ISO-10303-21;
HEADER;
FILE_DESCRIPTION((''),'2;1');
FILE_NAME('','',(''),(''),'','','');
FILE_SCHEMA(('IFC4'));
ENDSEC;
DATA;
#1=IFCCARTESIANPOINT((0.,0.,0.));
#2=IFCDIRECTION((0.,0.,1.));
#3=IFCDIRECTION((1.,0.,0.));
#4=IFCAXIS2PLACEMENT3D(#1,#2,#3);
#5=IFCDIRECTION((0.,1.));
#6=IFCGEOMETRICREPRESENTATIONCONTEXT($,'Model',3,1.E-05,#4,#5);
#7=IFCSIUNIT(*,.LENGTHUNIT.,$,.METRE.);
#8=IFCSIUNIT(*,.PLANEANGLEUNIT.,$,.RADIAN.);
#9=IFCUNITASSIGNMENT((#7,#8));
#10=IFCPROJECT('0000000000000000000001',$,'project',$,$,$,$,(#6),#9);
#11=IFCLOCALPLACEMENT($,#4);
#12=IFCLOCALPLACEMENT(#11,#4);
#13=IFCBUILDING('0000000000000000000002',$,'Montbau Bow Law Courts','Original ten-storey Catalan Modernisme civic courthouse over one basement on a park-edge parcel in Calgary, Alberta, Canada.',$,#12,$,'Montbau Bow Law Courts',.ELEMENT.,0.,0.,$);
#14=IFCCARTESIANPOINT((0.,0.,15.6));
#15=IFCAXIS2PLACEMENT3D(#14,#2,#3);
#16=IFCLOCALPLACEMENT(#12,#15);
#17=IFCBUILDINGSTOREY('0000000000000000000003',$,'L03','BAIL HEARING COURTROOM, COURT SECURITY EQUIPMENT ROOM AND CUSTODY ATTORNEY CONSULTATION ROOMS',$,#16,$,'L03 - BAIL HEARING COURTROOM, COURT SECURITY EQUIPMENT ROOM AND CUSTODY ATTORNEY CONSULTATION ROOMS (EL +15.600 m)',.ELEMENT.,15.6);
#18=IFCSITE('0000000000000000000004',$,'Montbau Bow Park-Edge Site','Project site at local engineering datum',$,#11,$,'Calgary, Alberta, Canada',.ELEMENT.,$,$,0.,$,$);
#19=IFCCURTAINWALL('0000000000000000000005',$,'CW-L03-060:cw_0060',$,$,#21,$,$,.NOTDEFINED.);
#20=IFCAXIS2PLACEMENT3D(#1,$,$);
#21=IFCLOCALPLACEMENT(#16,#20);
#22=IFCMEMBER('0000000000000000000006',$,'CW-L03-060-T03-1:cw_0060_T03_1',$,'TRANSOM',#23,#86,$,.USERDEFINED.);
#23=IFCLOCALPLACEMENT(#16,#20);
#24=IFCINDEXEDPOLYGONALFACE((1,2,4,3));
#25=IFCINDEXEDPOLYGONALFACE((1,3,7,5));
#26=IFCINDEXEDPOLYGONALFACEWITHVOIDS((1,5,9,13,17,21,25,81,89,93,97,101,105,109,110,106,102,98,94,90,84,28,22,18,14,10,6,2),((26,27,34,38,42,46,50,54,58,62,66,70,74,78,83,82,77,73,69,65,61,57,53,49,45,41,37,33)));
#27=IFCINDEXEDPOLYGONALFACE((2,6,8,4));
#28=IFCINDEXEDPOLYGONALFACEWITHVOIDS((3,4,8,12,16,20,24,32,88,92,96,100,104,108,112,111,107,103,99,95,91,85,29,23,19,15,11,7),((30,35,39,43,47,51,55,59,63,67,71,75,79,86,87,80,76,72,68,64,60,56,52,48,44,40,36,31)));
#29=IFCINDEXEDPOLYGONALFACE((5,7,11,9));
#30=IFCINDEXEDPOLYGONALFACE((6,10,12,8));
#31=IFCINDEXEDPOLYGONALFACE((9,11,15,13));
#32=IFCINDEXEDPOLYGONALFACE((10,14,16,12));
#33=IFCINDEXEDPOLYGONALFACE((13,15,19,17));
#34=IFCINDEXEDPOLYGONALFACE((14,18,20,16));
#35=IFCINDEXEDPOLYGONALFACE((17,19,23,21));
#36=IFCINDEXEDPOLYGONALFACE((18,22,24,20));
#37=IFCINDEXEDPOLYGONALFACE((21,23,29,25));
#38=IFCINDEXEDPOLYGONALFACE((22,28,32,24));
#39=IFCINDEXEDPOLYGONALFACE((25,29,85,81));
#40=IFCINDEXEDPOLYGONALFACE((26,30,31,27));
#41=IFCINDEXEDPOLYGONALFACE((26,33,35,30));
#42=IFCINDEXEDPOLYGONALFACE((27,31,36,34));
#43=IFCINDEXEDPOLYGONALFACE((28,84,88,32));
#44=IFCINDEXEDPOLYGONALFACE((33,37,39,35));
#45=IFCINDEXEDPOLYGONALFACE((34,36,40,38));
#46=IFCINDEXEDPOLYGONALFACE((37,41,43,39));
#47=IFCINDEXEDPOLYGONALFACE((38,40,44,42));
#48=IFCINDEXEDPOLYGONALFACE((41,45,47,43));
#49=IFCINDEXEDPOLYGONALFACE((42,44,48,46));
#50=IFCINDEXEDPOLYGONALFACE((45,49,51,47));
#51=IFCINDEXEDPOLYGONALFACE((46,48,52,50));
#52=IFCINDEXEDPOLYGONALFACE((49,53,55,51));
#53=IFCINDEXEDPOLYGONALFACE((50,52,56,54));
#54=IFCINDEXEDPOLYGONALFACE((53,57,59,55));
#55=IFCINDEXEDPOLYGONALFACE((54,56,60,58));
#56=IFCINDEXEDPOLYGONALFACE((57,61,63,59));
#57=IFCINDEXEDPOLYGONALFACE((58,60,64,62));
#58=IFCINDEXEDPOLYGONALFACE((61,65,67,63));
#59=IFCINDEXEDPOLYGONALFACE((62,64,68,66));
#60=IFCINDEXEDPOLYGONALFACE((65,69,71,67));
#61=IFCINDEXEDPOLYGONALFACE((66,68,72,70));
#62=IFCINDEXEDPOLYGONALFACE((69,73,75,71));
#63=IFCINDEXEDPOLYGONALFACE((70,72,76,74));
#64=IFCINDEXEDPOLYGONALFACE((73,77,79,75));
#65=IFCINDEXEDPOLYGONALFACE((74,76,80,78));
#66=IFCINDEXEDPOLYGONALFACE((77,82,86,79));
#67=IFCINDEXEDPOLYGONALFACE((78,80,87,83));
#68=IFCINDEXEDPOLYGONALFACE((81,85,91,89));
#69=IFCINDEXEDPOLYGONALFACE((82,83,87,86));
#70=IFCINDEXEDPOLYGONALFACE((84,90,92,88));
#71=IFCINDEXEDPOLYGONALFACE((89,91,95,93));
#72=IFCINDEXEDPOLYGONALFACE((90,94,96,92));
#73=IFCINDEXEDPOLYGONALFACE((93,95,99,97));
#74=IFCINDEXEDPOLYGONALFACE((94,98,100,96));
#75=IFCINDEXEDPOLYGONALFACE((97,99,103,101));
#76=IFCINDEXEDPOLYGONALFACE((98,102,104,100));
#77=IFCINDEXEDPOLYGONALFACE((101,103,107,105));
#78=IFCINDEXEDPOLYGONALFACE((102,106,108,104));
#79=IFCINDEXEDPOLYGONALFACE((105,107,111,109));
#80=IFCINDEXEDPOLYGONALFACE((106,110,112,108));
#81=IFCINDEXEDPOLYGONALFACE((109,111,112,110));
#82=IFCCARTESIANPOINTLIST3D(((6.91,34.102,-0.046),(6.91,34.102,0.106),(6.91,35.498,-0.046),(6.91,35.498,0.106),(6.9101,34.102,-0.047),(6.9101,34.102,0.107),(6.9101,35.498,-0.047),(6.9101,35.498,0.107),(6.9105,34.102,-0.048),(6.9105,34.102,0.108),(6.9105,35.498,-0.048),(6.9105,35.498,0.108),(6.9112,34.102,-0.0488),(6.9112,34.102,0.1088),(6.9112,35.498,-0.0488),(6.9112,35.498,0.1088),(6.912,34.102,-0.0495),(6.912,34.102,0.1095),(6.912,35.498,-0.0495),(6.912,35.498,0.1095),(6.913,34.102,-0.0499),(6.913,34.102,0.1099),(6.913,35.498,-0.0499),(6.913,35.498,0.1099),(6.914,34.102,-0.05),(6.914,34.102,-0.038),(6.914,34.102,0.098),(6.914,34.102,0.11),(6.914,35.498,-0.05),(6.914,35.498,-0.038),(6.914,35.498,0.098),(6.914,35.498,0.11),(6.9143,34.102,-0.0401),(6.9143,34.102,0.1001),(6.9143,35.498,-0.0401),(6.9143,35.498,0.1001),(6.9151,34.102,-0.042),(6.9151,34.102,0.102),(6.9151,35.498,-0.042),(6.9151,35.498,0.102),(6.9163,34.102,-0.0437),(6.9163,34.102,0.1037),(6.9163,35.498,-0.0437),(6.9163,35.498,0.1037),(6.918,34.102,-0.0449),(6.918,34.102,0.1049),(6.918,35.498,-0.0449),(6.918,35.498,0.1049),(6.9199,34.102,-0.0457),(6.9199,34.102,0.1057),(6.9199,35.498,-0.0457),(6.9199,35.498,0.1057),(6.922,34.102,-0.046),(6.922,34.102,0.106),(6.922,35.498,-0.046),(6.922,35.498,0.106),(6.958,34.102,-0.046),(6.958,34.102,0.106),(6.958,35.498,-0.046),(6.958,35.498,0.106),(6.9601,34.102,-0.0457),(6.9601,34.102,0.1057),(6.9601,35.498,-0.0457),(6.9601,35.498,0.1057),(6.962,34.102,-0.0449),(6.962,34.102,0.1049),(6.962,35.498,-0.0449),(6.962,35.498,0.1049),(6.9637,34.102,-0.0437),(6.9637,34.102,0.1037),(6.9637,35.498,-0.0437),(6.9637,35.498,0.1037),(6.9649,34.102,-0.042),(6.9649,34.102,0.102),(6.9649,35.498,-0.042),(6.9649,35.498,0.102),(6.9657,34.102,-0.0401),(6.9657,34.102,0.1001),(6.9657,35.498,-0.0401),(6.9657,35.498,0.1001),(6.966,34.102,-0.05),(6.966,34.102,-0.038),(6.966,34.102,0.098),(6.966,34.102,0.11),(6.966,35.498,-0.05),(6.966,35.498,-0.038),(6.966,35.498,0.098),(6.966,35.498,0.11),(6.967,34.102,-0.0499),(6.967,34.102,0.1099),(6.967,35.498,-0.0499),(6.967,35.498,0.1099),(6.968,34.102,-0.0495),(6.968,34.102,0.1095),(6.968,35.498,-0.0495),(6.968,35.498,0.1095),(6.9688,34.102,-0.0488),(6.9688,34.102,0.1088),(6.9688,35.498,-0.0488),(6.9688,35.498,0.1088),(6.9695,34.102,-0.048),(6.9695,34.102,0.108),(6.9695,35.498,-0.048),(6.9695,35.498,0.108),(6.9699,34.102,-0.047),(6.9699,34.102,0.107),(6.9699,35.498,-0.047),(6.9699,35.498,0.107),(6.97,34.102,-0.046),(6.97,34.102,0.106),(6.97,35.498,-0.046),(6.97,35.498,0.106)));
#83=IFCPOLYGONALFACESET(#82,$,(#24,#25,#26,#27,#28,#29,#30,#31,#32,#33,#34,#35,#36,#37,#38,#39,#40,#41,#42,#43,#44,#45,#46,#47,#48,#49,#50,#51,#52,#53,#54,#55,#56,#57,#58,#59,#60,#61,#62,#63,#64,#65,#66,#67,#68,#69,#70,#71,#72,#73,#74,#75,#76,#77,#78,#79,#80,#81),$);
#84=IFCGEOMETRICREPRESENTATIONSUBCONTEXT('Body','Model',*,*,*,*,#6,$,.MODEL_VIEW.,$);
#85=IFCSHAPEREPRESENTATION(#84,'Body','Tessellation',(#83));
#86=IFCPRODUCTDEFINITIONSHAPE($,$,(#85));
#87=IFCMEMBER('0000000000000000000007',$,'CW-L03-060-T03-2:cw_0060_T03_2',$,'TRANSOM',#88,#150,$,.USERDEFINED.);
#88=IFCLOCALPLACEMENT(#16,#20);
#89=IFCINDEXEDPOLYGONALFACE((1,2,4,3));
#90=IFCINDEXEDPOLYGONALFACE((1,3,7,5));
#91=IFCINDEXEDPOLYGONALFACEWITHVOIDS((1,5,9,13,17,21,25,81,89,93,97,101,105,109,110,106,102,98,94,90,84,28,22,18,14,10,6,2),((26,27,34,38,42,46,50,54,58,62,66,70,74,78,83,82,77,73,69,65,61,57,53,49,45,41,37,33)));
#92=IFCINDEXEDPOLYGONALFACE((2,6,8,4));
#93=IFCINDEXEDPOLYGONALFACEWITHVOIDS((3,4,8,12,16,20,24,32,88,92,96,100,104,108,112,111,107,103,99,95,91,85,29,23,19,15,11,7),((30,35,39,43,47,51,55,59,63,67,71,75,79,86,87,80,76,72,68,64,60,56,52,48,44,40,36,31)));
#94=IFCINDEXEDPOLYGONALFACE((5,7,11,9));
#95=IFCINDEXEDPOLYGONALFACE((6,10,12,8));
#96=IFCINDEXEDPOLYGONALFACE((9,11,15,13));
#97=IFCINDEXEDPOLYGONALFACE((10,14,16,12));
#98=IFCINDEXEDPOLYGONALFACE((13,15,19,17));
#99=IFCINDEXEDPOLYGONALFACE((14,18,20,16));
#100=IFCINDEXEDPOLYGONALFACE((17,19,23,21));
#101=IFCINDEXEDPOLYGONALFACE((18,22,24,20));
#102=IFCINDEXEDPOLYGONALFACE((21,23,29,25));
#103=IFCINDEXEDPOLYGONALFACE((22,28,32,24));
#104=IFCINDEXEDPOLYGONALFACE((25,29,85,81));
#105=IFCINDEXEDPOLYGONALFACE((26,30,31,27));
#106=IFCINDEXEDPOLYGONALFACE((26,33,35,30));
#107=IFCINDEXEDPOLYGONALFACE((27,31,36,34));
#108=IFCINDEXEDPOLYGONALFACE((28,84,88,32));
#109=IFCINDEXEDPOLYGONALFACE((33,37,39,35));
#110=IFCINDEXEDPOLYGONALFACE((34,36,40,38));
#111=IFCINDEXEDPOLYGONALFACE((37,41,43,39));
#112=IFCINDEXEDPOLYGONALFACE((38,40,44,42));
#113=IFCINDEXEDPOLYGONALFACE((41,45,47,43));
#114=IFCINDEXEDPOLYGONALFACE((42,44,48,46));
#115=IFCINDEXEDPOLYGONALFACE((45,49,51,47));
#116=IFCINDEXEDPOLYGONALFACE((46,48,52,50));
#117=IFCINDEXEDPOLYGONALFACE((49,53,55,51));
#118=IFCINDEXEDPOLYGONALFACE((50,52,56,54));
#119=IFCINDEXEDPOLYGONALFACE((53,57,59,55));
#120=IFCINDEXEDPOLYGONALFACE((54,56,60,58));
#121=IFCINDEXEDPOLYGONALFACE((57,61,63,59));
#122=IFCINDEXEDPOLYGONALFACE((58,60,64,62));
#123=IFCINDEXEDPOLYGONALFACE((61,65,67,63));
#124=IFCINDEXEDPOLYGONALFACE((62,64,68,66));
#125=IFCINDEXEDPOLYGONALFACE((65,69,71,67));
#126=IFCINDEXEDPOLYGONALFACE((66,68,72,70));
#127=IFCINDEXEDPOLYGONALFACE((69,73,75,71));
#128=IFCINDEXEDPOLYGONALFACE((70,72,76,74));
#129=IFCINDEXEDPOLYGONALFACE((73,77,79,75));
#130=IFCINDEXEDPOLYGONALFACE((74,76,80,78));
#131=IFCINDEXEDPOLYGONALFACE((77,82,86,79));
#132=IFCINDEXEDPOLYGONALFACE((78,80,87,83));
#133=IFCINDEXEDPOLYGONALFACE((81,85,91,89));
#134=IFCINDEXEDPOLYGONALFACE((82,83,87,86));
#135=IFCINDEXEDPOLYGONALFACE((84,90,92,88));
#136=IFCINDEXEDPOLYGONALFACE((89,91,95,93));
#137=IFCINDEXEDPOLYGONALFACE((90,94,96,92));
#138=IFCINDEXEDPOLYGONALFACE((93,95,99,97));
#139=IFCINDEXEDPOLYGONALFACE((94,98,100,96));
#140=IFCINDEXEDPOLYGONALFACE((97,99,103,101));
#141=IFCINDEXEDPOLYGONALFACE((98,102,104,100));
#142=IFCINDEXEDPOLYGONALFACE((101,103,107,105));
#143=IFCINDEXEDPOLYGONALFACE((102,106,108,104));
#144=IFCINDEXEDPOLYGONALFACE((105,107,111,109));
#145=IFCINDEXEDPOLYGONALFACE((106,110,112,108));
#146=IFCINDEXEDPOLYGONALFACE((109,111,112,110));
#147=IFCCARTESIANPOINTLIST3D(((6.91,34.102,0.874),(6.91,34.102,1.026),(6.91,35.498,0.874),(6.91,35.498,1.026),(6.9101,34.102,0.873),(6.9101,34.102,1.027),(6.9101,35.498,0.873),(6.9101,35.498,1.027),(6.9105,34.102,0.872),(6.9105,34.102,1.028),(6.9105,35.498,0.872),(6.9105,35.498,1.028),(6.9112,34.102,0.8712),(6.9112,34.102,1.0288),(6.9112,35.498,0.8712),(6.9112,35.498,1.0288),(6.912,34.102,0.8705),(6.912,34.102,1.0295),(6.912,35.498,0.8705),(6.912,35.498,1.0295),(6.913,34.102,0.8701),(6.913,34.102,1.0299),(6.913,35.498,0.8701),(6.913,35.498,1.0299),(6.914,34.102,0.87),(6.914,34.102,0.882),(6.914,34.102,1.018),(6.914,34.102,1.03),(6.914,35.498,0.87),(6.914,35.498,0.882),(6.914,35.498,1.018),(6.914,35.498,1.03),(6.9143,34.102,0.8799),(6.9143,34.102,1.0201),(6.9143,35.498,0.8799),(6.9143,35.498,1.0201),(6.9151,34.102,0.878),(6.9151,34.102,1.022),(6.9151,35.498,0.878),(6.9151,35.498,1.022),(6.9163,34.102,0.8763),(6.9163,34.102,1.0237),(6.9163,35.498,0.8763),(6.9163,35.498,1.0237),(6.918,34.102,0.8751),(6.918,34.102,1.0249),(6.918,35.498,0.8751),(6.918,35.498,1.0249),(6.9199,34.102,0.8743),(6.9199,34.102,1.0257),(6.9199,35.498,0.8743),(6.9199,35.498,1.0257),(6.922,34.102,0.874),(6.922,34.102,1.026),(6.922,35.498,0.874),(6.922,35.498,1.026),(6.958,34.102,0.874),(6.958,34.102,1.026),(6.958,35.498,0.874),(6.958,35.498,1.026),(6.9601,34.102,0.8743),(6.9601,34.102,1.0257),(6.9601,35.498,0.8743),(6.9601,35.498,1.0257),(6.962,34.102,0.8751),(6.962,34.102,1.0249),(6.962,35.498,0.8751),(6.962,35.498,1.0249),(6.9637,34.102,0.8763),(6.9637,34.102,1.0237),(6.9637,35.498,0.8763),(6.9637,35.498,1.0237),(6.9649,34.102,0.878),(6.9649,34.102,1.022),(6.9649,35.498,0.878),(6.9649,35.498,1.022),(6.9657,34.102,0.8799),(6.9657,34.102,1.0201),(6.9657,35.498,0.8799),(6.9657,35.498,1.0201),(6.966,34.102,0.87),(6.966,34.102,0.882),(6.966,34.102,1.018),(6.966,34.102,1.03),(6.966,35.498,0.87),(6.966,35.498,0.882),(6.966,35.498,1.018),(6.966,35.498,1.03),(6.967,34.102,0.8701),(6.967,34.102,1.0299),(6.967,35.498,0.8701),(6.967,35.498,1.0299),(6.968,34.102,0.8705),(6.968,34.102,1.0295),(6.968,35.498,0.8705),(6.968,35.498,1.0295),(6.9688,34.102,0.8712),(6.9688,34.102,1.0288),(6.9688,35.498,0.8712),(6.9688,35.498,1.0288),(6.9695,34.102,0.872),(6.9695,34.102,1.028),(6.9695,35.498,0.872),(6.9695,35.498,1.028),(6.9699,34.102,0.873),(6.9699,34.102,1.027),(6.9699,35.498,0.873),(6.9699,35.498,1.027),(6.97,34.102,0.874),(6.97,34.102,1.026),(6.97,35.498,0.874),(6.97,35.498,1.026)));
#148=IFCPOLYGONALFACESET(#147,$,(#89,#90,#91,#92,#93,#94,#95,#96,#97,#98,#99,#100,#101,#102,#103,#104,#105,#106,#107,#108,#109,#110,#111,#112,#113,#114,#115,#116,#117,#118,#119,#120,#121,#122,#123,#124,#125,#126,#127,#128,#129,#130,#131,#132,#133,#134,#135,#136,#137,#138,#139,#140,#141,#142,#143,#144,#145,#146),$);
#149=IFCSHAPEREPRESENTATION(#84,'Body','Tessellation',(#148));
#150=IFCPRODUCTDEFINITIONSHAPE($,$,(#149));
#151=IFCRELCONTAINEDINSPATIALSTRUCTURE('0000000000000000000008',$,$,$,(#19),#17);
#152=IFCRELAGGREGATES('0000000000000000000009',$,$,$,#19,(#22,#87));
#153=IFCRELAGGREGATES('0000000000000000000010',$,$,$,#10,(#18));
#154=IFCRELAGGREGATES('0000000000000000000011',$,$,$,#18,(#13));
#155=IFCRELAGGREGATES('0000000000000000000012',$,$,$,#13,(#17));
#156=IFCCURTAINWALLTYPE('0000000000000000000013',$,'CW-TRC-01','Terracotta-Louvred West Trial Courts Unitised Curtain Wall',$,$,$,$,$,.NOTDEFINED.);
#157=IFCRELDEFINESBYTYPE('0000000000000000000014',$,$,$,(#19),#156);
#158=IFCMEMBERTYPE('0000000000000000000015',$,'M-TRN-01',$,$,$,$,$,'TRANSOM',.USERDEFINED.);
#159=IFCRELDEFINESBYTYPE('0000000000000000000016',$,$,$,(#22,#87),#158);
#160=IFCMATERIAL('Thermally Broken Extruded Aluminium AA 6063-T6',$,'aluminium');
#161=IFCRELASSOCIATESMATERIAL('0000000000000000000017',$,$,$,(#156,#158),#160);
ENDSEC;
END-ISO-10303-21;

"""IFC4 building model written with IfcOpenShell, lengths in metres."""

from ifc_helpers import new_model, si_unit, direction, frame, origin_with_axes, origin_2d_with_axis, place, context, subcontext, project, spatial, hollow_rectangle, extrude, material, material_profile, profile_set, type_object, element, aggregate, save


model = new_model("IFC4")

# Units and contexts
model_context = context("Model", 3, precision=1e-05, world=origin_with_axes(), true_north=direction((0.0, 1.0)))
body_context = subcontext(model_context, "Body", "Model", "MODEL_VIEW")
ifc_project = project(units=[si_unit("LENGTHUNIT", "METRE"), si_unit("PLANEANGLEUNIT", "RADIAN")], contexts=[model_context])

# Site, building, storey
site_placement = place(None, origin_with_axes())
site = spatial("IfcSite", under=ifc_project, at=site_placement, Name="Montbau Bow Park-Edge Site", Description="Project site at local engineering datum", LongName="Calgary, Alberta, Canada", CompositionType="ELEMENT", RefElevation=0.0)
building_placement = place(site_placement, origin_with_axes())
building = spatial("IfcBuilding", under=site, at=building_placement, Name="Montbau Bow Law Courts", Description="Original ten-storey Catalan Modernisme civic courthouse over one basement on a park-edge parcel in Calgary, Alberta, Canada.", LongName="Montbau Bow Law Courts", CompositionType="ELEMENT", ElevationOfRefHeight=0.0, ElevationOfTerrain=0.0)
storey_placement = place(building_placement, frame((0.0, 0.0, 15.6), z_axis=(0.0, 0.0, 1.0), x_axis=(1.0, 0.0, 0.0)))
storey = spatial("IfcBuildingStorey", under=building, at=storey_placement, Name="L03", Description="BAIL HEARING COURTROOM, COURT SECURITY EQUIPMENT ROOM AND CUSTODY ATTORNEY CONSULTATION ROOMS", LongName="L03 - BAIL HEARING COURTROOM, COURT SECURITY EQUIPMENT ROOM AND CUSTODY ATTORNEY CONSULTATION ROOMS (EL +15.600 m)", CompositionType="ELEMENT", Elevation=15.6)

# Curtain wall, members
ifc_material_1 = material(Name="Thermally Broken Extruded Aluminium AA 6063-T6", Category="aluminium")
curtain_wall_type = type_object("IfcCurtainWallType", Name="CW-TRC-01", Description="Terracotta-Louvred West Trial Courts Unitised Curtain Wall", PredefinedType="NOTDEFINED", material=ifc_material_1)
curtain_wall_placement = place(None, frame((6.94, 31.115, 15.6), z_axis=(0.0, 0.0, 1.0), x_axis=(1.0, 0.0, 0.0)))
curtain_wall = element("IfcCurtainWall", 1, at=curtain_wall_placement, inside=storey, type_object=curtain_wall_type, Name="CW-L03-060:cw_0060", PredefinedType="NOTDEFINED")
ifc_material_profile_1 = material_profile(ifc_material_1, hollow_rectangle(XDim=0.06, YDim=0.16, WallThickness=0.004, InnerFilletRadius=0.008, OuterFilletRadius=0.004, at=origin_2d_with_axis()), Name="CWT-160X60", Category="Main", Priority=0)
ifc_profile_set_1 = profile_set([ifc_material_profile_1], Name="Thermally Broken Extruded Aluminium AA 6063-T6")
member_type_1 = type_object("IfcMemberType", Name="M-TRN-01", ElementType="TRANSOM", PredefinedType="USERDEFINED", material=ifc_profile_set_1)
member_1_placement = place(None, frame((6.94, 34.102, 15.63), z_axis=(0.0, 1.0, 0.0), x_axis=(-1.0, 0.0, 0.0)))
member_1 = element("IfcMember", 2, at=member_1_placement, type_object=member_type_1, Name="CW-L03-060-T03-1:cw_0060_T03_1", ObjectType="TRANSOM", PredefinedType="USERDEFINED", context=body_context, shape_type="SweptSolid", body=[
    extrude(hollow_rectangle(XDim=0.06, YDim=0.16, WallThickness=0.004, InnerFilletRadius=0.008, OuterFilletRadius=0.004, at=origin_2d_with_axis()), origin_with_axes(), (0.0, 0.0, 1.0), 1.396),
])
member_2_placement = place(None, frame((6.94, 34.102, 16.55), z_axis=(0.0, 1.0, 0.0), x_axis=(-1.0, 0.0, 0.0)))
member_2 = element("IfcMember", 3, at=member_2_placement, type_object=member_type_1, Name="CW-L03-060-T03-2:cw_0060_T03_2", ObjectType="TRANSOM", PredefinedType="USERDEFINED", context=body_context, shape_type="SweptSolid", body=[
    extrude(hollow_rectangle(XDim=0.06, YDim=0.16, WallThickness=0.004, InnerFilletRadius=0.008, OuterFilletRadius=0.004, at=origin_2d_with_axis()), origin_with_axes(), (0.0, 0.0, 1.0), 1.396),
])
aggregate(curtain_wall, [member_1, member_2])

save(model, "model.ifc")
